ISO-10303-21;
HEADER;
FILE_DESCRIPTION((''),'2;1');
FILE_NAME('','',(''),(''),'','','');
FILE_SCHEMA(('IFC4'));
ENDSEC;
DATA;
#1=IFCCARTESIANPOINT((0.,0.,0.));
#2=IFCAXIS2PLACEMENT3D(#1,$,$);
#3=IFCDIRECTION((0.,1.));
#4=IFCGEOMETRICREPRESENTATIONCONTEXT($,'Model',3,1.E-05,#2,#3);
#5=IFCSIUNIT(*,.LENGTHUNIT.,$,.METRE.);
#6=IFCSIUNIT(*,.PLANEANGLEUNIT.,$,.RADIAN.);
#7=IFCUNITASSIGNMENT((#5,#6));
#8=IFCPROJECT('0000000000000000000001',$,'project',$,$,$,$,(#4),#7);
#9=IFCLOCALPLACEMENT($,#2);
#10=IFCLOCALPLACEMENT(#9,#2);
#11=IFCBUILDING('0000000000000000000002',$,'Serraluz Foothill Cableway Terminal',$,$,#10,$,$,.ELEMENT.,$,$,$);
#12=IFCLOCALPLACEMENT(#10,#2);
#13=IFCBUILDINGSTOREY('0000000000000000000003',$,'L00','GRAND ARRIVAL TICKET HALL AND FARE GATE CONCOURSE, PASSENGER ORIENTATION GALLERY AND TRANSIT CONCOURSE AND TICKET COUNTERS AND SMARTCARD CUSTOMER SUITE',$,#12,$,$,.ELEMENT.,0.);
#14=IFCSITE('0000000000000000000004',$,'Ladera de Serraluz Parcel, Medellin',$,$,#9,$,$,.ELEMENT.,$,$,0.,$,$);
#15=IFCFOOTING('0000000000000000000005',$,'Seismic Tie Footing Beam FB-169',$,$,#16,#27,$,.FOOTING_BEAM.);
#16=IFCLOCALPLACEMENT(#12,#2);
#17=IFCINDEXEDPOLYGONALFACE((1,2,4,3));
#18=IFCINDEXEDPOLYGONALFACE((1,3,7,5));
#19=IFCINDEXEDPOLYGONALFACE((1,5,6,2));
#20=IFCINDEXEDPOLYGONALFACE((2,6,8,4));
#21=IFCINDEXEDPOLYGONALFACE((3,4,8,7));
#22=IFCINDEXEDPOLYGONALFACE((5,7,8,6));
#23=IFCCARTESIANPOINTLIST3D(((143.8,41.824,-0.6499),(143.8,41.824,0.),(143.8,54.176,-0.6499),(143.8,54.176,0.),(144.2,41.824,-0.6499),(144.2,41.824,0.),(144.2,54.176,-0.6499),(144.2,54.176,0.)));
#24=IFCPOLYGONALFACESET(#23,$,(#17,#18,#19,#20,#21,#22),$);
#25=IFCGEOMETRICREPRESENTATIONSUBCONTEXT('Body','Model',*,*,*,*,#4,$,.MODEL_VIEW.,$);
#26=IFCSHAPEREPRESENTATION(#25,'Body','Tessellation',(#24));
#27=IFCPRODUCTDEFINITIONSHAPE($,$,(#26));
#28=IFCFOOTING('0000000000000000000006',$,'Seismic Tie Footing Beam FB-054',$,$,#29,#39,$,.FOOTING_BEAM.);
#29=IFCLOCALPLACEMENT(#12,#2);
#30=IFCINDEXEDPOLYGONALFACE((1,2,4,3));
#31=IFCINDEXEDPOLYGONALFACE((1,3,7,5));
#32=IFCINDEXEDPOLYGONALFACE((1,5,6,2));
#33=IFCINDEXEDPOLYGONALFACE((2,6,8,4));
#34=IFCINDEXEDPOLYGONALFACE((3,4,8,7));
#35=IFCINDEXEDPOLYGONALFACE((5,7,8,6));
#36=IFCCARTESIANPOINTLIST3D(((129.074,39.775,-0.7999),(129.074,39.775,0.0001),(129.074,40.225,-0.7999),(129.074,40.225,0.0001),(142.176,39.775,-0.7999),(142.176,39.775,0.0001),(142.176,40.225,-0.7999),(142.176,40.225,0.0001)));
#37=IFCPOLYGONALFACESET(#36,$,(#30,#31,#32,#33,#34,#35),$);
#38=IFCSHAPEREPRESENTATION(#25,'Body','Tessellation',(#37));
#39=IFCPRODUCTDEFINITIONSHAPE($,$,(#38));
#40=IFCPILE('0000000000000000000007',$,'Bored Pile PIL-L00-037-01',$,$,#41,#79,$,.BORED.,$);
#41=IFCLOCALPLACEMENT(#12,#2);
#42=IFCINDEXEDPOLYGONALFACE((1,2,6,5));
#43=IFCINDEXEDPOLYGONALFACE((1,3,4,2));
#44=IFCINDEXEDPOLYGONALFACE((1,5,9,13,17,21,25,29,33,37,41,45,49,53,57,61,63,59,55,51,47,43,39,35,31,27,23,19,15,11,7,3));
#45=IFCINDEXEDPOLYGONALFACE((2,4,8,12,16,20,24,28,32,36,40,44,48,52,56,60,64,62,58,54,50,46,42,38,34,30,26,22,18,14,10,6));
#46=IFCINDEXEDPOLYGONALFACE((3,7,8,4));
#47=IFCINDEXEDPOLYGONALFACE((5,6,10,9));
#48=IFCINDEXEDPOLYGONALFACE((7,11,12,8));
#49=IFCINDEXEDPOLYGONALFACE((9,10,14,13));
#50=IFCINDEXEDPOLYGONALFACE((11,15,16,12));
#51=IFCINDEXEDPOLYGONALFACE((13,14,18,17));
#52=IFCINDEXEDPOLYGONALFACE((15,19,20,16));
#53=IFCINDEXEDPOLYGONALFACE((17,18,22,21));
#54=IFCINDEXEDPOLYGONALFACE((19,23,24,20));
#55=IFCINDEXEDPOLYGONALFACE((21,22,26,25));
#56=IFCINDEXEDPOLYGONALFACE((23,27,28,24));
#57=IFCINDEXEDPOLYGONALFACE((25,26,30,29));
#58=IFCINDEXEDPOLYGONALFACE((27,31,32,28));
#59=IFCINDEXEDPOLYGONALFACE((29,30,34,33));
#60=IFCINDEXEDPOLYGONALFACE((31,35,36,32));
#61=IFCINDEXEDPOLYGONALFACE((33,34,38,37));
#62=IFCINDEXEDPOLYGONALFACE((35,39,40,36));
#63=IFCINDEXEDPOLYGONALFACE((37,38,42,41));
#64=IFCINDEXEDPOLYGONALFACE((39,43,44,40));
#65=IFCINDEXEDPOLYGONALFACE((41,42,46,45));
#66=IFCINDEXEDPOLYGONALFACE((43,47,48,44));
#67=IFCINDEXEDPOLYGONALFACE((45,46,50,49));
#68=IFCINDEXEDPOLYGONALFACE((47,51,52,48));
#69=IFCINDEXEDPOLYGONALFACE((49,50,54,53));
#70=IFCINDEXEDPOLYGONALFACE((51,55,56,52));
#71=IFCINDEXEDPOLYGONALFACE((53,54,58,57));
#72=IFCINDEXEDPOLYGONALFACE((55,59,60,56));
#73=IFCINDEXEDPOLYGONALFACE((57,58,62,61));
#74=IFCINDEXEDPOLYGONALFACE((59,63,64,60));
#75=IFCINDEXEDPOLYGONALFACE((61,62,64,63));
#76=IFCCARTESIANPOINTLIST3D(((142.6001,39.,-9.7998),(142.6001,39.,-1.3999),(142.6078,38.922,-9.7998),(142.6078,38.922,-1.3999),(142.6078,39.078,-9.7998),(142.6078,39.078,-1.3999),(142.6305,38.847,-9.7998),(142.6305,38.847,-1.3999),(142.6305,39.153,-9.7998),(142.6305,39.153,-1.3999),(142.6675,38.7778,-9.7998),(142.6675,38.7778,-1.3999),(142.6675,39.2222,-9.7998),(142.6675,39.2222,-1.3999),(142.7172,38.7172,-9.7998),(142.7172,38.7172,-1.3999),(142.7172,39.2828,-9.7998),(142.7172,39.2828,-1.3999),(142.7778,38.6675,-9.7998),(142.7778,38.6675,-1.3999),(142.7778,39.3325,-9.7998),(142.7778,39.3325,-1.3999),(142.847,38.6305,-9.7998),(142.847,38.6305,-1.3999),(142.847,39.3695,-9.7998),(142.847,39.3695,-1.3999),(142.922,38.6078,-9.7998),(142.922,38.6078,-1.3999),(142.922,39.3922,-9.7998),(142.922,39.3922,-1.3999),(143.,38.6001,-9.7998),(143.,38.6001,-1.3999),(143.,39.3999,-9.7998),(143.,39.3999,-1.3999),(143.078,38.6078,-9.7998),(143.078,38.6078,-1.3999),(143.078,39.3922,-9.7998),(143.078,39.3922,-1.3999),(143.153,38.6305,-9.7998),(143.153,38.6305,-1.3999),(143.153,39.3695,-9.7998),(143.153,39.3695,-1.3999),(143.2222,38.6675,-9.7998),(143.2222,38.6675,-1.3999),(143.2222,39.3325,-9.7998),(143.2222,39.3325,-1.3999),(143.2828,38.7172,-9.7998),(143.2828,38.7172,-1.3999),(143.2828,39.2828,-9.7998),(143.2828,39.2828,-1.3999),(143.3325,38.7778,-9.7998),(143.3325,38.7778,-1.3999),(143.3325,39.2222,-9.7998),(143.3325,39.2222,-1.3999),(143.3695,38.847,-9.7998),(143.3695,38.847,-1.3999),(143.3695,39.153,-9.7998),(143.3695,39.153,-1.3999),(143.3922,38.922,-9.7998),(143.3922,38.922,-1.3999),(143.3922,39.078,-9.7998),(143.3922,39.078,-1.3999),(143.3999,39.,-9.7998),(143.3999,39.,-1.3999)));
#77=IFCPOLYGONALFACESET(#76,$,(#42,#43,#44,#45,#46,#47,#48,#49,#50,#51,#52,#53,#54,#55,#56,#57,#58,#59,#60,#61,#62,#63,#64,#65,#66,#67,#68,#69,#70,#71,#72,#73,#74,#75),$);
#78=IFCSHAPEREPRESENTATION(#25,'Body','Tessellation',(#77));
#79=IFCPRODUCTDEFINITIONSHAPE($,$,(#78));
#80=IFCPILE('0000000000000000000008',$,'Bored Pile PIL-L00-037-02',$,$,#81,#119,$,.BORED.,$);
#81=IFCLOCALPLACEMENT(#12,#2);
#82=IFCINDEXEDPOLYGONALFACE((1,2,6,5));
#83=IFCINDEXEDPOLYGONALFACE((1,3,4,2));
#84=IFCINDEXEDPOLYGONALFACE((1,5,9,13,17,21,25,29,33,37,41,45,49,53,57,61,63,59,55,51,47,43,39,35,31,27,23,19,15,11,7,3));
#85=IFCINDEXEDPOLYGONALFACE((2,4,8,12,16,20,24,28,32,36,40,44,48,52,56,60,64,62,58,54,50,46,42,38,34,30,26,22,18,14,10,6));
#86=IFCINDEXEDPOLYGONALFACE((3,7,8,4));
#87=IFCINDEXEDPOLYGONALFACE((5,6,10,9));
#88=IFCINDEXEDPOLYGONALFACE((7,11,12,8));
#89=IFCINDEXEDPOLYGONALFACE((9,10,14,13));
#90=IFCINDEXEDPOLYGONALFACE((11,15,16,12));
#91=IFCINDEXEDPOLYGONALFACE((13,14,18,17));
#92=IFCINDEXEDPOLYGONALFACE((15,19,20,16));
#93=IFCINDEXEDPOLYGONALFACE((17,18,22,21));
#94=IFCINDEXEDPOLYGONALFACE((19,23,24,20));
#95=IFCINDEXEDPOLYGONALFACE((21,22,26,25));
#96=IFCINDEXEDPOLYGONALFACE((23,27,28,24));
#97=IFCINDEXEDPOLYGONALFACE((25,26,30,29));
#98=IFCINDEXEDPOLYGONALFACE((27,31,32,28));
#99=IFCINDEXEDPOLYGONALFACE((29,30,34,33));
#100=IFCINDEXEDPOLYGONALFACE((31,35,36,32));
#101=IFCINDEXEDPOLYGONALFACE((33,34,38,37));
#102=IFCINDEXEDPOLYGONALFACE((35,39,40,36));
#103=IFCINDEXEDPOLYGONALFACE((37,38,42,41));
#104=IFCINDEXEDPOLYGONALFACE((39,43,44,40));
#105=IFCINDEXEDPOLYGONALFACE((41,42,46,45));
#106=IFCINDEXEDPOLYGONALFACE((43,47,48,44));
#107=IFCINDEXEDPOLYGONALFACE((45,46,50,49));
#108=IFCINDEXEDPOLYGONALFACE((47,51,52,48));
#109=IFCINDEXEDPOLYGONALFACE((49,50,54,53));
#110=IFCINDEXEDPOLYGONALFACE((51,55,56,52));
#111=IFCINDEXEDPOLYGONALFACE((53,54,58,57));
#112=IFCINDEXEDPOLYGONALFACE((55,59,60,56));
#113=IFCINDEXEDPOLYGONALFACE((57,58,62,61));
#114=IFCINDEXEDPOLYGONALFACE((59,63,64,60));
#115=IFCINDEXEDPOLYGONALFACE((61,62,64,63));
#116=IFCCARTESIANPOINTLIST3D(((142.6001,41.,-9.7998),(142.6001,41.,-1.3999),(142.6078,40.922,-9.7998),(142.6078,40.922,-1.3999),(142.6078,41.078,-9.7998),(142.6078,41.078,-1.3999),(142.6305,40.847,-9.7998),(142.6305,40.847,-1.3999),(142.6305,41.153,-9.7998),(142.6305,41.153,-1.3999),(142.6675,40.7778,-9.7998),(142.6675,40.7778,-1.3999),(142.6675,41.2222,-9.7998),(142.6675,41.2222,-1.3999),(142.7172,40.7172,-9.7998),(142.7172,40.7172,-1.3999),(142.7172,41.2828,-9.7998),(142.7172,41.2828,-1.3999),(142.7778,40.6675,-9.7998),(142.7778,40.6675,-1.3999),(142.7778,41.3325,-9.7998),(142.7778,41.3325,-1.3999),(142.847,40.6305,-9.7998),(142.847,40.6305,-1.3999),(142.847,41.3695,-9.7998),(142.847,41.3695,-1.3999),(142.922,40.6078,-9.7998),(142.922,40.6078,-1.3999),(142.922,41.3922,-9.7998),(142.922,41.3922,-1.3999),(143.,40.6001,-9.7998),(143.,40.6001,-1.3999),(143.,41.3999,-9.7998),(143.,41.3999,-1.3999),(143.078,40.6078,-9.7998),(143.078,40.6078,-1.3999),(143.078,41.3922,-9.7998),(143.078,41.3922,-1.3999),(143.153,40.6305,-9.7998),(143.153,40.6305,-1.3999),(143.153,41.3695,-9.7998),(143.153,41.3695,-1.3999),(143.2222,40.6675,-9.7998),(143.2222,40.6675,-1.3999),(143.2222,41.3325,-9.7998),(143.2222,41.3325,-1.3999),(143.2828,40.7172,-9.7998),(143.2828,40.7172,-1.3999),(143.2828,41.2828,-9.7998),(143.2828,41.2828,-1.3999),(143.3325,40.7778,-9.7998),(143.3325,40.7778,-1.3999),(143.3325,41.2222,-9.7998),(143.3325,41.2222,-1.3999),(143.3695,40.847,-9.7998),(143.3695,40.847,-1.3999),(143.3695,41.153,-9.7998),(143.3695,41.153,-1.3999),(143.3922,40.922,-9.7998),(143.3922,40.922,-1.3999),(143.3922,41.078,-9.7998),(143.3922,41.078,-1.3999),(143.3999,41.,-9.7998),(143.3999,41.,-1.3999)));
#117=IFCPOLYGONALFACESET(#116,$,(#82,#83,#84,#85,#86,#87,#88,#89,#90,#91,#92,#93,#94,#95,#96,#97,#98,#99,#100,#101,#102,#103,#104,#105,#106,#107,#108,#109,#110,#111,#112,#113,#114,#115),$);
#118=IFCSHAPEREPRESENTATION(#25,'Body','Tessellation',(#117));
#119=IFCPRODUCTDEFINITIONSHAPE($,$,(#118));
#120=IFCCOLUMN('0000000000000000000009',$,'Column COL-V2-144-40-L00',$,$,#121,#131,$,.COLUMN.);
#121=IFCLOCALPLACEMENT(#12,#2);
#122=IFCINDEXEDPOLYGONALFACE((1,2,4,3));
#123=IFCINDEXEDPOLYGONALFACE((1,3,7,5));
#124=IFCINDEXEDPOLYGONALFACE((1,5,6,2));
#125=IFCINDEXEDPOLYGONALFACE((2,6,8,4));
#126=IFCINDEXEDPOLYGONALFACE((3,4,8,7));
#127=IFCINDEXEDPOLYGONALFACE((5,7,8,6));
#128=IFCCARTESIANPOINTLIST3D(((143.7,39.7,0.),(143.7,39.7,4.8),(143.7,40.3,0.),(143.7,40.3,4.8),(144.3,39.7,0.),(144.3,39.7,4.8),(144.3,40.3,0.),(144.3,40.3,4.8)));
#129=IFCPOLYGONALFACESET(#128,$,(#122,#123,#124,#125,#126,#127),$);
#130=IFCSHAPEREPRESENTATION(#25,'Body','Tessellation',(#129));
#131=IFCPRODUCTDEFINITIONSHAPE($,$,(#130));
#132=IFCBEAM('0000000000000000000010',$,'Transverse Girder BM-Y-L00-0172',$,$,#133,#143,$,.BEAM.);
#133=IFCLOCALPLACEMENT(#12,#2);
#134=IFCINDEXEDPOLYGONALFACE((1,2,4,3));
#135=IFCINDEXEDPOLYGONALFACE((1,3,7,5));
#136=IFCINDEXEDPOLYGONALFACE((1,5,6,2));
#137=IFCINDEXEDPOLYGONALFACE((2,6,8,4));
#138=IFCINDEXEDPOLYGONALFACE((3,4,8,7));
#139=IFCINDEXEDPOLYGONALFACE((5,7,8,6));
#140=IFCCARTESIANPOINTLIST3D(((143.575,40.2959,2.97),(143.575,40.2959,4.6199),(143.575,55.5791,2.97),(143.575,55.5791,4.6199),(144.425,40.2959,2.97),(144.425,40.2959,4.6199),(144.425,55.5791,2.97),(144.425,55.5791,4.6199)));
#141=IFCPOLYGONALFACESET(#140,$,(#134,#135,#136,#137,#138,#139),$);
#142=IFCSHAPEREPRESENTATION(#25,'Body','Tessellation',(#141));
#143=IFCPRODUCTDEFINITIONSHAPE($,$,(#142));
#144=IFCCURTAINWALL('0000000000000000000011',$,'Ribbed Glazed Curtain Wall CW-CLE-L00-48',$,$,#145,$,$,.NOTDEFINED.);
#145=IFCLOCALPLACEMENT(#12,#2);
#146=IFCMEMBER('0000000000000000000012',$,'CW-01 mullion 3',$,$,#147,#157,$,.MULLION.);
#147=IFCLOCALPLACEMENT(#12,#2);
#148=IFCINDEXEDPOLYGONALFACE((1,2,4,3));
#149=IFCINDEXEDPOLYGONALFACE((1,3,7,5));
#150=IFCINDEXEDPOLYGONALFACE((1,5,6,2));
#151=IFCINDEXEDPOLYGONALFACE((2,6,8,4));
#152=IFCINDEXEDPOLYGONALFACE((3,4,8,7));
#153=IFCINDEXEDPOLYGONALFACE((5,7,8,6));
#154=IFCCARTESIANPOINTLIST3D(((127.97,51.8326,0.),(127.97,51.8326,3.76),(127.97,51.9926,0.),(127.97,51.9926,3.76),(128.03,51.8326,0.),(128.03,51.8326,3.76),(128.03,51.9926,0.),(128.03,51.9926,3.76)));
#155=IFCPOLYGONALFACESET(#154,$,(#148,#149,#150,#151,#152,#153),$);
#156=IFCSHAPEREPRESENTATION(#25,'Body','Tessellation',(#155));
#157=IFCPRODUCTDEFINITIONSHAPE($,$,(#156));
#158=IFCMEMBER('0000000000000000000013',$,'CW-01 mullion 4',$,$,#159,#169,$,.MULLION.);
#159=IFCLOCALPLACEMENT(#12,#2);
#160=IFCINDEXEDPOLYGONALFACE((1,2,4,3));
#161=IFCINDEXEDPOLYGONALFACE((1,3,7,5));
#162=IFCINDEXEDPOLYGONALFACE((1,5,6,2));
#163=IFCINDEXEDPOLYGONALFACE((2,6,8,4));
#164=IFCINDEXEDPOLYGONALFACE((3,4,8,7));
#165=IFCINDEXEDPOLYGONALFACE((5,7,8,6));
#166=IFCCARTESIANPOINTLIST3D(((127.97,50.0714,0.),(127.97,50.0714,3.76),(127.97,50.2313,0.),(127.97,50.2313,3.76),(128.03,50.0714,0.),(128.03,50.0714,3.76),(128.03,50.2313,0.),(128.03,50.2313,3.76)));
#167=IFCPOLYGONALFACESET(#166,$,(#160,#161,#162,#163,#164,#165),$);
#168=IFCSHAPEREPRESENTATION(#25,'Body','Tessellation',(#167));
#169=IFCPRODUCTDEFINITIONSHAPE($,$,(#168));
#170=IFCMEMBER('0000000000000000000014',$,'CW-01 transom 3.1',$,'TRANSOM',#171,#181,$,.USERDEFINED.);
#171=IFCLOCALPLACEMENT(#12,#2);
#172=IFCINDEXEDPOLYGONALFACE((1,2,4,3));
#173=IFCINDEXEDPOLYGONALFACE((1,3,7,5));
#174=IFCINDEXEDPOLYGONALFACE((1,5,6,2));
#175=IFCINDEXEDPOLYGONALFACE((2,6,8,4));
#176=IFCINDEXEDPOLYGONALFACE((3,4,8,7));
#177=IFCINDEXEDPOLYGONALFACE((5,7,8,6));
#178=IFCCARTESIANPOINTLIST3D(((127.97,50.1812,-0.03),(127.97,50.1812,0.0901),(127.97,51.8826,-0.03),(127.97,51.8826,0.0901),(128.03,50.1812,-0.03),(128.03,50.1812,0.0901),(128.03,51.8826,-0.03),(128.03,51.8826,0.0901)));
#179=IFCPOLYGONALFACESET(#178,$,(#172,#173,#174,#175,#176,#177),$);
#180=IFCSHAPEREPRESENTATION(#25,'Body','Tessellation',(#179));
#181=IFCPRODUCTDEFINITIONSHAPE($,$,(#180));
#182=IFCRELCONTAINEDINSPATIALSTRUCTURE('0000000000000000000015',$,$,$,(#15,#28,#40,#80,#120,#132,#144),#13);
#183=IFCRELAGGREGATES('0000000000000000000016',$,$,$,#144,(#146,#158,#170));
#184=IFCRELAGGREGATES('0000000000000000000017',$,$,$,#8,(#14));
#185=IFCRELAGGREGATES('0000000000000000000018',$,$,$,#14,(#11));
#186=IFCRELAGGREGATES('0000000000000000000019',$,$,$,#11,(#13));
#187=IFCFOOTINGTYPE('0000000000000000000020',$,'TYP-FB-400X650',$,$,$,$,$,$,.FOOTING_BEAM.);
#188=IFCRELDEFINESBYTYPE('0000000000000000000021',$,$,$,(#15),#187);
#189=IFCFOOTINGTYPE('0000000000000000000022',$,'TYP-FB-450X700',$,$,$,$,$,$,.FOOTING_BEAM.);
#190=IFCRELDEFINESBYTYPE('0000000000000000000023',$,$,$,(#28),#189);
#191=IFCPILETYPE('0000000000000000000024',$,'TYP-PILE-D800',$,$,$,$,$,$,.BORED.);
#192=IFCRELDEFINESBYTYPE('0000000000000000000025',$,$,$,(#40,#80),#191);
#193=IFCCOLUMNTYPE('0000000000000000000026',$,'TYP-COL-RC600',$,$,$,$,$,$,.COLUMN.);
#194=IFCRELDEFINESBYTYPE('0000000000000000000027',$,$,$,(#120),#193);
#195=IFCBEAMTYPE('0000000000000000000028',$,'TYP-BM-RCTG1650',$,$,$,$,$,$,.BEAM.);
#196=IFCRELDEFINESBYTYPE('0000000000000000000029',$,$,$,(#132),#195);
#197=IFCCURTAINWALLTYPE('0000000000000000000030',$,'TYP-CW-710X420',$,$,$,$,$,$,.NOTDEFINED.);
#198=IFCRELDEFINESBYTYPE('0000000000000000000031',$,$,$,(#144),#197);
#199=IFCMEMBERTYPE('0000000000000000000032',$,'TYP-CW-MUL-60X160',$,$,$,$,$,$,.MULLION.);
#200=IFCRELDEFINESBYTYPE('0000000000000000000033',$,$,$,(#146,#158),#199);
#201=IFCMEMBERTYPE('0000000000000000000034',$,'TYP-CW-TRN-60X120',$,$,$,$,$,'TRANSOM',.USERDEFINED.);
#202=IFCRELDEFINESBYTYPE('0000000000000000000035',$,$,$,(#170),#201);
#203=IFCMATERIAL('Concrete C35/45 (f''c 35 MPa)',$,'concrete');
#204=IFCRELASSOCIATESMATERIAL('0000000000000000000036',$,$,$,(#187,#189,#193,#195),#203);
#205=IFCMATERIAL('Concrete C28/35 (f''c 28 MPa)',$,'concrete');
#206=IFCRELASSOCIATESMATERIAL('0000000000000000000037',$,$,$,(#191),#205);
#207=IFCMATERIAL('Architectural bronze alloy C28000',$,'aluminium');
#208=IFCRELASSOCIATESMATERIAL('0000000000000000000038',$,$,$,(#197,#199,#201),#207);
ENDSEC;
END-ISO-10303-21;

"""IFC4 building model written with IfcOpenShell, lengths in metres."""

from ifc_helpers import new_model, si_unit, direction, frame, origin, origin_2d, place, context, subcontext, project, spatial, rectangle, circle, extrude, material, material_profile, profile_set, type_object, element, aggregate, save


model = new_model("IFC4")

# Units and contexts
model_context = context("Model", 3, precision=1e-05, world=origin(), true_north=direction((0.0, 1.0)))
body_context = subcontext(model_context, "Body", "Model", "MODEL_VIEW")
ifc_project = project(units=[si_unit("LENGTHUNIT", "METRE"), si_unit("PLANEANGLEUNIT", "RADIAN")], contexts=[model_context])

# Site, building, storey
site_placement = place(None, origin())
site = spatial("IfcSite", under=ifc_project, at=site_placement, Name="Ladera de Serraluz Parcel, Medellin", CompositionType="ELEMENT", RefElevation=0.0)
building_placement = place(site_placement, origin())
building = spatial("IfcBuilding", under=site, at=building_placement, Name="Serraluz Foothill Cableway Terminal", CompositionType="ELEMENT")
storey_placement = place(building_placement, origin())
storey = spatial("IfcBuildingStorey", under=building, at=storey_placement, Name="L00", Description="GRAND ARRIVAL TICKET HALL AND FARE GATE CONCOURSE, PASSENGER ORIENTATION GALLERY AND TRANSIT CONCOURSE AND TICKET COUNTERS AND SMARTCARD CUSTOMER SUITE", CompositionType="ELEMENT", Elevation=0.0)

# Footings
ifc_material_1 = material(Name="Concrete C35/45 (f'c 35 MPa)", Category="concrete")
ifc_material_profile_1 = material_profile(ifc_material_1, rectangle(XDim=0.3999, YDim=0.6499, at=origin_2d()), Name="RC 400x650")
ifc_profile_set_1 = profile_set([ifc_material_profile_1], Name="Concrete C35/45 (f'c 35 MPa)")
footing_type_1 = type_object("IfcFootingType", Name="TYP-FB-400X650", PredefinedType="FOOTING_BEAM", material=ifc_profile_set_1)
footing_1_placement = place(storey_placement, frame((144.0, 41.824, -0.325), z_axis=(0.0, 1.0, 0.0), x_axis=(-1.0, 0.0, 0.0)))
element("IfcFooting", 1, at=footing_1_placement, inside=storey, type_object=footing_type_1, Name="Seismic Tie Footing Beam FB-169", PredefinedType="FOOTING_BEAM", context=body_context, shape_type="SweptSolid", body=[
    extrude(rectangle(XDim=0.3999, YDim=0.6499, at=origin_2d()), origin(), (0.0, 0.0, 1.0), 12.3521),
])
ifc_material_profile_2 = material_profile(ifc_material_1, rectangle(XDim=0.45, YDim=0.8, at=origin_2d()), Name="RC 450x800")
ifc_profile_set_2 = profile_set([ifc_material_profile_2], Name="Concrete C35/45 (f'c 35 MPa)")
footing_type_2 = type_object("IfcFootingType", Name="TYP-FB-450X700", PredefinedType="FOOTING_BEAM", material=ifc_profile_set_2)
footing_2_placement = place(storey_placement, frame((129.074, 40.0, -0.3999), z_axis=(1.0, 0.0, 0.0), x_axis=(0.0, 1.0, 0.0)))
element("IfcFooting", 2, at=footing_2_placement, inside=storey, type_object=footing_type_2, Name="Seismic Tie Footing Beam FB-054", PredefinedType="FOOTING_BEAM", context=body_context, shape_type="SweptSolid", body=[
    extrude(rectangle(XDim=0.45, YDim=0.8, at=origin_2d()), origin(), (0.0, 0.0, 1.0), 13.1021),
])

# Piles
ifc_material_2 = material(Name="Concrete C28/35 (f'c 28 MPa)", Category="concrete")
ifc_material_profile_3 = material_profile(ifc_material_2, circle(Radius=0.3999, at=origin_2d()), Name="BORED PILE D800")
ifc_profile_set_3 = profile_set([ifc_material_profile_3], Name="Concrete C28/35 (f'c 28 MPa)")
pile_type = type_object("IfcPileType", Name="TYP-PILE-D800", PredefinedType="BORED", material=ifc_profile_set_3)
for number, where, z_axis, x_axis, name in (
    (3, (143.0, 39.0, -1.3999), (0.0, 0.0, -1.0), (1.0, 0.0, 0.0), "Bored Pile PIL-L00-037-01"),
    (4, (143.0, 41.0, -1.3999), (0.0, 0.0, -1.0), (1.0, 0.0, 0.0), "Bored Pile PIL-L00-037-02"),
):
    element("IfcPile", number, at=place(storey_placement, frame(where, z_axis=z_axis, x_axis=x_axis)), inside=storey, type_object=pile_type, Name=name, PredefinedType="BORED", context=body_context, shape_type="SweptSolid", body=[
        extrude(circle(Radius=0.3999, at=origin_2d()), origin(), (0.0, 0.0, 1.0), 8.3999),
    ])

# Column
ifc_material_profile_4 = material_profile(ifc_material_1, rectangle(XDim=0.6001, YDim=0.6001, at=origin_2d()), Name="RC 600x600")
ifc_profile_set_4 = profile_set([ifc_material_profile_4], Name="Concrete C35/45 (f'c 35 MPa)")
column_type = type_object("IfcColumnType", Name="TYP-COL-RC600", PredefinedType="COLUMN", material=ifc_profile_set_4)
column_placement = place(storey_placement, frame((144.0, 40.0, 0.0), z_axis=(0.0, 0.0, 1.0), x_axis=(1.0, 0.0, 0.0)))
element("IfcColumn", 5, at=column_placement, inside=storey, type_object=column_type, Name="Column COL-V2-144-40-L00", PredefinedType="COLUMN", context=body_context, shape_type="SweptSolid", body=[
    extrude(rectangle(XDim=0.6001, YDim=0.6001, at=origin_2d()), origin(), (0.0, 0.0, 1.0), 4.8),
])

# Beam
ifc_material_profile_5 = material_profile(ifc_material_1, rectangle(XDim=0.8501, YDim=1.6499, at=origin_2d()), Name="RC TG 850x1650")
ifc_profile_set_5 = profile_set([ifc_material_profile_5], Name="Concrete C35/45 (f'c 35 MPa)")
beam_type = type_object("IfcBeamType", Name="TYP-BM-RCTG1650", PredefinedType="BEAM", material=ifc_profile_set_5)
beam_placement = place(storey_placement, frame((144.0, 40.2959, 3.7949), z_axis=(0.0, 1.0, 0.0), x_axis=(-1.0, 0.0, 0.0)))
element("IfcBeam", 6, at=beam_placement, inside=storey, type_object=beam_type, Name="Transverse Girder BM-Y-L00-0172", PredefinedType="BEAM", context=body_context, shape_type="SweptSolid", body=[
    extrude(rectangle(XDim=0.8501, YDim=1.6499, at=origin_2d()), origin(), (0.0, 0.0, 1.0), 15.2832),
])

# Curtain wall, members
ifc_material_3 = material(Name="Architectural bronze alloy C28000", Category="aluminium")
curtain_wall_type = type_object("IfcCurtainWallType", Name="TYP-CW-710X420", PredefinedType="NOTDEFINED", material=ifc_material_3)
curtain_wall_placement = place(storey_placement, origin())
curtain_wall = element("IfcCurtainWall", 7, at=curtain_wall_placement, inside=storey, type_object=curtain_wall_type, Name="Ribbed Glazed Curtain Wall CW-CLE-L00-48", PredefinedType="NOTDEFINED")
ifc_material_profile_6 = material_profile(ifc_material_3, rectangle(XDim=0.0601, YDim=0.1599, at=origin_2d()), Name="ALU MULLION 60x160")
ifc_profile_set_6 = profile_set([ifc_material_profile_6], Name="Architectural bronze alloy C28000")
member_type_1 = type_object("IfcMemberType", Name="TYP-CW-MUL-60X160", PredefinedType="MULLION", material=ifc_profile_set_6)
member_1_placement = place(storey_placement, frame((128.0, 51.9126, 0.0), z_axis=(0.0, 0.0, 1.0), x_axis=(1.0, 0.0, 0.0)))
member_1 = element("IfcMember", 8, at=member_1_placement, type_object=member_type_1, Name="CW-01 mullion 3", PredefinedType="MULLION", context=body_context, shape_type="SweptSolid", body=[
    extrude(rectangle(XDim=0.0601, YDim=0.1599, at=origin_2d()), origin(), (0.0, 0.0, 1.0), 3.76),
])
member_2_placement = place(storey_placement, frame((128.0, 50.1514, 0.0), z_axis=(0.0, 0.0, 1.0), x_axis=(1.0, 0.0, 0.0)))
member_2 = element("IfcMember", 9, at=member_2_placement, type_object=member_type_1, Name="CW-01 mullion 4", PredefinedType="MULLION", context=body_context, shape_type="SweptSolid", body=[
    extrude(rectangle(XDim=0.0601, YDim=0.1599, at=origin_2d()), origin(), (0.0, 0.0, 1.0), 3.76),
])
ifc_material_profile_7 = material_profile(ifc_material_3, rectangle(XDim=0.0601, YDim=0.1201, at=origin_2d()), Name="ALU TRANSOM 60x120")
ifc_profile_set_7 = profile_set([ifc_material_profile_7], Name="Architectural bronze alloy C28000")
member_type_2 = type_object("IfcMemberType", Name="TYP-CW-TRN-60X120", ElementType="TRANSOM", PredefinedType="USERDEFINED", material=ifc_profile_set_7)
member_3_placement = place(storey_placement, frame((128.0, 51.8826, 0.03), z_axis=(0.0, -1.0, 0.0), x_axis=(1.0, 0.0, 0.0)))
member_3 = element("IfcMember", 10, at=member_3_placement, type_object=member_type_2, Name="CW-01 transom 3.1", ObjectType="TRANSOM", PredefinedType="USERDEFINED", context=body_context, shape_type="SweptSolid", body=[
    extrude(rectangle(XDim=0.0601, YDim=0.1201, at=origin_2d()), origin(), (0.0, 0.0, 1.0), 1.7014),
])
aggregate(curtain_wall, [member_1, member_2, member_3])

save(model, "model.ifc")
